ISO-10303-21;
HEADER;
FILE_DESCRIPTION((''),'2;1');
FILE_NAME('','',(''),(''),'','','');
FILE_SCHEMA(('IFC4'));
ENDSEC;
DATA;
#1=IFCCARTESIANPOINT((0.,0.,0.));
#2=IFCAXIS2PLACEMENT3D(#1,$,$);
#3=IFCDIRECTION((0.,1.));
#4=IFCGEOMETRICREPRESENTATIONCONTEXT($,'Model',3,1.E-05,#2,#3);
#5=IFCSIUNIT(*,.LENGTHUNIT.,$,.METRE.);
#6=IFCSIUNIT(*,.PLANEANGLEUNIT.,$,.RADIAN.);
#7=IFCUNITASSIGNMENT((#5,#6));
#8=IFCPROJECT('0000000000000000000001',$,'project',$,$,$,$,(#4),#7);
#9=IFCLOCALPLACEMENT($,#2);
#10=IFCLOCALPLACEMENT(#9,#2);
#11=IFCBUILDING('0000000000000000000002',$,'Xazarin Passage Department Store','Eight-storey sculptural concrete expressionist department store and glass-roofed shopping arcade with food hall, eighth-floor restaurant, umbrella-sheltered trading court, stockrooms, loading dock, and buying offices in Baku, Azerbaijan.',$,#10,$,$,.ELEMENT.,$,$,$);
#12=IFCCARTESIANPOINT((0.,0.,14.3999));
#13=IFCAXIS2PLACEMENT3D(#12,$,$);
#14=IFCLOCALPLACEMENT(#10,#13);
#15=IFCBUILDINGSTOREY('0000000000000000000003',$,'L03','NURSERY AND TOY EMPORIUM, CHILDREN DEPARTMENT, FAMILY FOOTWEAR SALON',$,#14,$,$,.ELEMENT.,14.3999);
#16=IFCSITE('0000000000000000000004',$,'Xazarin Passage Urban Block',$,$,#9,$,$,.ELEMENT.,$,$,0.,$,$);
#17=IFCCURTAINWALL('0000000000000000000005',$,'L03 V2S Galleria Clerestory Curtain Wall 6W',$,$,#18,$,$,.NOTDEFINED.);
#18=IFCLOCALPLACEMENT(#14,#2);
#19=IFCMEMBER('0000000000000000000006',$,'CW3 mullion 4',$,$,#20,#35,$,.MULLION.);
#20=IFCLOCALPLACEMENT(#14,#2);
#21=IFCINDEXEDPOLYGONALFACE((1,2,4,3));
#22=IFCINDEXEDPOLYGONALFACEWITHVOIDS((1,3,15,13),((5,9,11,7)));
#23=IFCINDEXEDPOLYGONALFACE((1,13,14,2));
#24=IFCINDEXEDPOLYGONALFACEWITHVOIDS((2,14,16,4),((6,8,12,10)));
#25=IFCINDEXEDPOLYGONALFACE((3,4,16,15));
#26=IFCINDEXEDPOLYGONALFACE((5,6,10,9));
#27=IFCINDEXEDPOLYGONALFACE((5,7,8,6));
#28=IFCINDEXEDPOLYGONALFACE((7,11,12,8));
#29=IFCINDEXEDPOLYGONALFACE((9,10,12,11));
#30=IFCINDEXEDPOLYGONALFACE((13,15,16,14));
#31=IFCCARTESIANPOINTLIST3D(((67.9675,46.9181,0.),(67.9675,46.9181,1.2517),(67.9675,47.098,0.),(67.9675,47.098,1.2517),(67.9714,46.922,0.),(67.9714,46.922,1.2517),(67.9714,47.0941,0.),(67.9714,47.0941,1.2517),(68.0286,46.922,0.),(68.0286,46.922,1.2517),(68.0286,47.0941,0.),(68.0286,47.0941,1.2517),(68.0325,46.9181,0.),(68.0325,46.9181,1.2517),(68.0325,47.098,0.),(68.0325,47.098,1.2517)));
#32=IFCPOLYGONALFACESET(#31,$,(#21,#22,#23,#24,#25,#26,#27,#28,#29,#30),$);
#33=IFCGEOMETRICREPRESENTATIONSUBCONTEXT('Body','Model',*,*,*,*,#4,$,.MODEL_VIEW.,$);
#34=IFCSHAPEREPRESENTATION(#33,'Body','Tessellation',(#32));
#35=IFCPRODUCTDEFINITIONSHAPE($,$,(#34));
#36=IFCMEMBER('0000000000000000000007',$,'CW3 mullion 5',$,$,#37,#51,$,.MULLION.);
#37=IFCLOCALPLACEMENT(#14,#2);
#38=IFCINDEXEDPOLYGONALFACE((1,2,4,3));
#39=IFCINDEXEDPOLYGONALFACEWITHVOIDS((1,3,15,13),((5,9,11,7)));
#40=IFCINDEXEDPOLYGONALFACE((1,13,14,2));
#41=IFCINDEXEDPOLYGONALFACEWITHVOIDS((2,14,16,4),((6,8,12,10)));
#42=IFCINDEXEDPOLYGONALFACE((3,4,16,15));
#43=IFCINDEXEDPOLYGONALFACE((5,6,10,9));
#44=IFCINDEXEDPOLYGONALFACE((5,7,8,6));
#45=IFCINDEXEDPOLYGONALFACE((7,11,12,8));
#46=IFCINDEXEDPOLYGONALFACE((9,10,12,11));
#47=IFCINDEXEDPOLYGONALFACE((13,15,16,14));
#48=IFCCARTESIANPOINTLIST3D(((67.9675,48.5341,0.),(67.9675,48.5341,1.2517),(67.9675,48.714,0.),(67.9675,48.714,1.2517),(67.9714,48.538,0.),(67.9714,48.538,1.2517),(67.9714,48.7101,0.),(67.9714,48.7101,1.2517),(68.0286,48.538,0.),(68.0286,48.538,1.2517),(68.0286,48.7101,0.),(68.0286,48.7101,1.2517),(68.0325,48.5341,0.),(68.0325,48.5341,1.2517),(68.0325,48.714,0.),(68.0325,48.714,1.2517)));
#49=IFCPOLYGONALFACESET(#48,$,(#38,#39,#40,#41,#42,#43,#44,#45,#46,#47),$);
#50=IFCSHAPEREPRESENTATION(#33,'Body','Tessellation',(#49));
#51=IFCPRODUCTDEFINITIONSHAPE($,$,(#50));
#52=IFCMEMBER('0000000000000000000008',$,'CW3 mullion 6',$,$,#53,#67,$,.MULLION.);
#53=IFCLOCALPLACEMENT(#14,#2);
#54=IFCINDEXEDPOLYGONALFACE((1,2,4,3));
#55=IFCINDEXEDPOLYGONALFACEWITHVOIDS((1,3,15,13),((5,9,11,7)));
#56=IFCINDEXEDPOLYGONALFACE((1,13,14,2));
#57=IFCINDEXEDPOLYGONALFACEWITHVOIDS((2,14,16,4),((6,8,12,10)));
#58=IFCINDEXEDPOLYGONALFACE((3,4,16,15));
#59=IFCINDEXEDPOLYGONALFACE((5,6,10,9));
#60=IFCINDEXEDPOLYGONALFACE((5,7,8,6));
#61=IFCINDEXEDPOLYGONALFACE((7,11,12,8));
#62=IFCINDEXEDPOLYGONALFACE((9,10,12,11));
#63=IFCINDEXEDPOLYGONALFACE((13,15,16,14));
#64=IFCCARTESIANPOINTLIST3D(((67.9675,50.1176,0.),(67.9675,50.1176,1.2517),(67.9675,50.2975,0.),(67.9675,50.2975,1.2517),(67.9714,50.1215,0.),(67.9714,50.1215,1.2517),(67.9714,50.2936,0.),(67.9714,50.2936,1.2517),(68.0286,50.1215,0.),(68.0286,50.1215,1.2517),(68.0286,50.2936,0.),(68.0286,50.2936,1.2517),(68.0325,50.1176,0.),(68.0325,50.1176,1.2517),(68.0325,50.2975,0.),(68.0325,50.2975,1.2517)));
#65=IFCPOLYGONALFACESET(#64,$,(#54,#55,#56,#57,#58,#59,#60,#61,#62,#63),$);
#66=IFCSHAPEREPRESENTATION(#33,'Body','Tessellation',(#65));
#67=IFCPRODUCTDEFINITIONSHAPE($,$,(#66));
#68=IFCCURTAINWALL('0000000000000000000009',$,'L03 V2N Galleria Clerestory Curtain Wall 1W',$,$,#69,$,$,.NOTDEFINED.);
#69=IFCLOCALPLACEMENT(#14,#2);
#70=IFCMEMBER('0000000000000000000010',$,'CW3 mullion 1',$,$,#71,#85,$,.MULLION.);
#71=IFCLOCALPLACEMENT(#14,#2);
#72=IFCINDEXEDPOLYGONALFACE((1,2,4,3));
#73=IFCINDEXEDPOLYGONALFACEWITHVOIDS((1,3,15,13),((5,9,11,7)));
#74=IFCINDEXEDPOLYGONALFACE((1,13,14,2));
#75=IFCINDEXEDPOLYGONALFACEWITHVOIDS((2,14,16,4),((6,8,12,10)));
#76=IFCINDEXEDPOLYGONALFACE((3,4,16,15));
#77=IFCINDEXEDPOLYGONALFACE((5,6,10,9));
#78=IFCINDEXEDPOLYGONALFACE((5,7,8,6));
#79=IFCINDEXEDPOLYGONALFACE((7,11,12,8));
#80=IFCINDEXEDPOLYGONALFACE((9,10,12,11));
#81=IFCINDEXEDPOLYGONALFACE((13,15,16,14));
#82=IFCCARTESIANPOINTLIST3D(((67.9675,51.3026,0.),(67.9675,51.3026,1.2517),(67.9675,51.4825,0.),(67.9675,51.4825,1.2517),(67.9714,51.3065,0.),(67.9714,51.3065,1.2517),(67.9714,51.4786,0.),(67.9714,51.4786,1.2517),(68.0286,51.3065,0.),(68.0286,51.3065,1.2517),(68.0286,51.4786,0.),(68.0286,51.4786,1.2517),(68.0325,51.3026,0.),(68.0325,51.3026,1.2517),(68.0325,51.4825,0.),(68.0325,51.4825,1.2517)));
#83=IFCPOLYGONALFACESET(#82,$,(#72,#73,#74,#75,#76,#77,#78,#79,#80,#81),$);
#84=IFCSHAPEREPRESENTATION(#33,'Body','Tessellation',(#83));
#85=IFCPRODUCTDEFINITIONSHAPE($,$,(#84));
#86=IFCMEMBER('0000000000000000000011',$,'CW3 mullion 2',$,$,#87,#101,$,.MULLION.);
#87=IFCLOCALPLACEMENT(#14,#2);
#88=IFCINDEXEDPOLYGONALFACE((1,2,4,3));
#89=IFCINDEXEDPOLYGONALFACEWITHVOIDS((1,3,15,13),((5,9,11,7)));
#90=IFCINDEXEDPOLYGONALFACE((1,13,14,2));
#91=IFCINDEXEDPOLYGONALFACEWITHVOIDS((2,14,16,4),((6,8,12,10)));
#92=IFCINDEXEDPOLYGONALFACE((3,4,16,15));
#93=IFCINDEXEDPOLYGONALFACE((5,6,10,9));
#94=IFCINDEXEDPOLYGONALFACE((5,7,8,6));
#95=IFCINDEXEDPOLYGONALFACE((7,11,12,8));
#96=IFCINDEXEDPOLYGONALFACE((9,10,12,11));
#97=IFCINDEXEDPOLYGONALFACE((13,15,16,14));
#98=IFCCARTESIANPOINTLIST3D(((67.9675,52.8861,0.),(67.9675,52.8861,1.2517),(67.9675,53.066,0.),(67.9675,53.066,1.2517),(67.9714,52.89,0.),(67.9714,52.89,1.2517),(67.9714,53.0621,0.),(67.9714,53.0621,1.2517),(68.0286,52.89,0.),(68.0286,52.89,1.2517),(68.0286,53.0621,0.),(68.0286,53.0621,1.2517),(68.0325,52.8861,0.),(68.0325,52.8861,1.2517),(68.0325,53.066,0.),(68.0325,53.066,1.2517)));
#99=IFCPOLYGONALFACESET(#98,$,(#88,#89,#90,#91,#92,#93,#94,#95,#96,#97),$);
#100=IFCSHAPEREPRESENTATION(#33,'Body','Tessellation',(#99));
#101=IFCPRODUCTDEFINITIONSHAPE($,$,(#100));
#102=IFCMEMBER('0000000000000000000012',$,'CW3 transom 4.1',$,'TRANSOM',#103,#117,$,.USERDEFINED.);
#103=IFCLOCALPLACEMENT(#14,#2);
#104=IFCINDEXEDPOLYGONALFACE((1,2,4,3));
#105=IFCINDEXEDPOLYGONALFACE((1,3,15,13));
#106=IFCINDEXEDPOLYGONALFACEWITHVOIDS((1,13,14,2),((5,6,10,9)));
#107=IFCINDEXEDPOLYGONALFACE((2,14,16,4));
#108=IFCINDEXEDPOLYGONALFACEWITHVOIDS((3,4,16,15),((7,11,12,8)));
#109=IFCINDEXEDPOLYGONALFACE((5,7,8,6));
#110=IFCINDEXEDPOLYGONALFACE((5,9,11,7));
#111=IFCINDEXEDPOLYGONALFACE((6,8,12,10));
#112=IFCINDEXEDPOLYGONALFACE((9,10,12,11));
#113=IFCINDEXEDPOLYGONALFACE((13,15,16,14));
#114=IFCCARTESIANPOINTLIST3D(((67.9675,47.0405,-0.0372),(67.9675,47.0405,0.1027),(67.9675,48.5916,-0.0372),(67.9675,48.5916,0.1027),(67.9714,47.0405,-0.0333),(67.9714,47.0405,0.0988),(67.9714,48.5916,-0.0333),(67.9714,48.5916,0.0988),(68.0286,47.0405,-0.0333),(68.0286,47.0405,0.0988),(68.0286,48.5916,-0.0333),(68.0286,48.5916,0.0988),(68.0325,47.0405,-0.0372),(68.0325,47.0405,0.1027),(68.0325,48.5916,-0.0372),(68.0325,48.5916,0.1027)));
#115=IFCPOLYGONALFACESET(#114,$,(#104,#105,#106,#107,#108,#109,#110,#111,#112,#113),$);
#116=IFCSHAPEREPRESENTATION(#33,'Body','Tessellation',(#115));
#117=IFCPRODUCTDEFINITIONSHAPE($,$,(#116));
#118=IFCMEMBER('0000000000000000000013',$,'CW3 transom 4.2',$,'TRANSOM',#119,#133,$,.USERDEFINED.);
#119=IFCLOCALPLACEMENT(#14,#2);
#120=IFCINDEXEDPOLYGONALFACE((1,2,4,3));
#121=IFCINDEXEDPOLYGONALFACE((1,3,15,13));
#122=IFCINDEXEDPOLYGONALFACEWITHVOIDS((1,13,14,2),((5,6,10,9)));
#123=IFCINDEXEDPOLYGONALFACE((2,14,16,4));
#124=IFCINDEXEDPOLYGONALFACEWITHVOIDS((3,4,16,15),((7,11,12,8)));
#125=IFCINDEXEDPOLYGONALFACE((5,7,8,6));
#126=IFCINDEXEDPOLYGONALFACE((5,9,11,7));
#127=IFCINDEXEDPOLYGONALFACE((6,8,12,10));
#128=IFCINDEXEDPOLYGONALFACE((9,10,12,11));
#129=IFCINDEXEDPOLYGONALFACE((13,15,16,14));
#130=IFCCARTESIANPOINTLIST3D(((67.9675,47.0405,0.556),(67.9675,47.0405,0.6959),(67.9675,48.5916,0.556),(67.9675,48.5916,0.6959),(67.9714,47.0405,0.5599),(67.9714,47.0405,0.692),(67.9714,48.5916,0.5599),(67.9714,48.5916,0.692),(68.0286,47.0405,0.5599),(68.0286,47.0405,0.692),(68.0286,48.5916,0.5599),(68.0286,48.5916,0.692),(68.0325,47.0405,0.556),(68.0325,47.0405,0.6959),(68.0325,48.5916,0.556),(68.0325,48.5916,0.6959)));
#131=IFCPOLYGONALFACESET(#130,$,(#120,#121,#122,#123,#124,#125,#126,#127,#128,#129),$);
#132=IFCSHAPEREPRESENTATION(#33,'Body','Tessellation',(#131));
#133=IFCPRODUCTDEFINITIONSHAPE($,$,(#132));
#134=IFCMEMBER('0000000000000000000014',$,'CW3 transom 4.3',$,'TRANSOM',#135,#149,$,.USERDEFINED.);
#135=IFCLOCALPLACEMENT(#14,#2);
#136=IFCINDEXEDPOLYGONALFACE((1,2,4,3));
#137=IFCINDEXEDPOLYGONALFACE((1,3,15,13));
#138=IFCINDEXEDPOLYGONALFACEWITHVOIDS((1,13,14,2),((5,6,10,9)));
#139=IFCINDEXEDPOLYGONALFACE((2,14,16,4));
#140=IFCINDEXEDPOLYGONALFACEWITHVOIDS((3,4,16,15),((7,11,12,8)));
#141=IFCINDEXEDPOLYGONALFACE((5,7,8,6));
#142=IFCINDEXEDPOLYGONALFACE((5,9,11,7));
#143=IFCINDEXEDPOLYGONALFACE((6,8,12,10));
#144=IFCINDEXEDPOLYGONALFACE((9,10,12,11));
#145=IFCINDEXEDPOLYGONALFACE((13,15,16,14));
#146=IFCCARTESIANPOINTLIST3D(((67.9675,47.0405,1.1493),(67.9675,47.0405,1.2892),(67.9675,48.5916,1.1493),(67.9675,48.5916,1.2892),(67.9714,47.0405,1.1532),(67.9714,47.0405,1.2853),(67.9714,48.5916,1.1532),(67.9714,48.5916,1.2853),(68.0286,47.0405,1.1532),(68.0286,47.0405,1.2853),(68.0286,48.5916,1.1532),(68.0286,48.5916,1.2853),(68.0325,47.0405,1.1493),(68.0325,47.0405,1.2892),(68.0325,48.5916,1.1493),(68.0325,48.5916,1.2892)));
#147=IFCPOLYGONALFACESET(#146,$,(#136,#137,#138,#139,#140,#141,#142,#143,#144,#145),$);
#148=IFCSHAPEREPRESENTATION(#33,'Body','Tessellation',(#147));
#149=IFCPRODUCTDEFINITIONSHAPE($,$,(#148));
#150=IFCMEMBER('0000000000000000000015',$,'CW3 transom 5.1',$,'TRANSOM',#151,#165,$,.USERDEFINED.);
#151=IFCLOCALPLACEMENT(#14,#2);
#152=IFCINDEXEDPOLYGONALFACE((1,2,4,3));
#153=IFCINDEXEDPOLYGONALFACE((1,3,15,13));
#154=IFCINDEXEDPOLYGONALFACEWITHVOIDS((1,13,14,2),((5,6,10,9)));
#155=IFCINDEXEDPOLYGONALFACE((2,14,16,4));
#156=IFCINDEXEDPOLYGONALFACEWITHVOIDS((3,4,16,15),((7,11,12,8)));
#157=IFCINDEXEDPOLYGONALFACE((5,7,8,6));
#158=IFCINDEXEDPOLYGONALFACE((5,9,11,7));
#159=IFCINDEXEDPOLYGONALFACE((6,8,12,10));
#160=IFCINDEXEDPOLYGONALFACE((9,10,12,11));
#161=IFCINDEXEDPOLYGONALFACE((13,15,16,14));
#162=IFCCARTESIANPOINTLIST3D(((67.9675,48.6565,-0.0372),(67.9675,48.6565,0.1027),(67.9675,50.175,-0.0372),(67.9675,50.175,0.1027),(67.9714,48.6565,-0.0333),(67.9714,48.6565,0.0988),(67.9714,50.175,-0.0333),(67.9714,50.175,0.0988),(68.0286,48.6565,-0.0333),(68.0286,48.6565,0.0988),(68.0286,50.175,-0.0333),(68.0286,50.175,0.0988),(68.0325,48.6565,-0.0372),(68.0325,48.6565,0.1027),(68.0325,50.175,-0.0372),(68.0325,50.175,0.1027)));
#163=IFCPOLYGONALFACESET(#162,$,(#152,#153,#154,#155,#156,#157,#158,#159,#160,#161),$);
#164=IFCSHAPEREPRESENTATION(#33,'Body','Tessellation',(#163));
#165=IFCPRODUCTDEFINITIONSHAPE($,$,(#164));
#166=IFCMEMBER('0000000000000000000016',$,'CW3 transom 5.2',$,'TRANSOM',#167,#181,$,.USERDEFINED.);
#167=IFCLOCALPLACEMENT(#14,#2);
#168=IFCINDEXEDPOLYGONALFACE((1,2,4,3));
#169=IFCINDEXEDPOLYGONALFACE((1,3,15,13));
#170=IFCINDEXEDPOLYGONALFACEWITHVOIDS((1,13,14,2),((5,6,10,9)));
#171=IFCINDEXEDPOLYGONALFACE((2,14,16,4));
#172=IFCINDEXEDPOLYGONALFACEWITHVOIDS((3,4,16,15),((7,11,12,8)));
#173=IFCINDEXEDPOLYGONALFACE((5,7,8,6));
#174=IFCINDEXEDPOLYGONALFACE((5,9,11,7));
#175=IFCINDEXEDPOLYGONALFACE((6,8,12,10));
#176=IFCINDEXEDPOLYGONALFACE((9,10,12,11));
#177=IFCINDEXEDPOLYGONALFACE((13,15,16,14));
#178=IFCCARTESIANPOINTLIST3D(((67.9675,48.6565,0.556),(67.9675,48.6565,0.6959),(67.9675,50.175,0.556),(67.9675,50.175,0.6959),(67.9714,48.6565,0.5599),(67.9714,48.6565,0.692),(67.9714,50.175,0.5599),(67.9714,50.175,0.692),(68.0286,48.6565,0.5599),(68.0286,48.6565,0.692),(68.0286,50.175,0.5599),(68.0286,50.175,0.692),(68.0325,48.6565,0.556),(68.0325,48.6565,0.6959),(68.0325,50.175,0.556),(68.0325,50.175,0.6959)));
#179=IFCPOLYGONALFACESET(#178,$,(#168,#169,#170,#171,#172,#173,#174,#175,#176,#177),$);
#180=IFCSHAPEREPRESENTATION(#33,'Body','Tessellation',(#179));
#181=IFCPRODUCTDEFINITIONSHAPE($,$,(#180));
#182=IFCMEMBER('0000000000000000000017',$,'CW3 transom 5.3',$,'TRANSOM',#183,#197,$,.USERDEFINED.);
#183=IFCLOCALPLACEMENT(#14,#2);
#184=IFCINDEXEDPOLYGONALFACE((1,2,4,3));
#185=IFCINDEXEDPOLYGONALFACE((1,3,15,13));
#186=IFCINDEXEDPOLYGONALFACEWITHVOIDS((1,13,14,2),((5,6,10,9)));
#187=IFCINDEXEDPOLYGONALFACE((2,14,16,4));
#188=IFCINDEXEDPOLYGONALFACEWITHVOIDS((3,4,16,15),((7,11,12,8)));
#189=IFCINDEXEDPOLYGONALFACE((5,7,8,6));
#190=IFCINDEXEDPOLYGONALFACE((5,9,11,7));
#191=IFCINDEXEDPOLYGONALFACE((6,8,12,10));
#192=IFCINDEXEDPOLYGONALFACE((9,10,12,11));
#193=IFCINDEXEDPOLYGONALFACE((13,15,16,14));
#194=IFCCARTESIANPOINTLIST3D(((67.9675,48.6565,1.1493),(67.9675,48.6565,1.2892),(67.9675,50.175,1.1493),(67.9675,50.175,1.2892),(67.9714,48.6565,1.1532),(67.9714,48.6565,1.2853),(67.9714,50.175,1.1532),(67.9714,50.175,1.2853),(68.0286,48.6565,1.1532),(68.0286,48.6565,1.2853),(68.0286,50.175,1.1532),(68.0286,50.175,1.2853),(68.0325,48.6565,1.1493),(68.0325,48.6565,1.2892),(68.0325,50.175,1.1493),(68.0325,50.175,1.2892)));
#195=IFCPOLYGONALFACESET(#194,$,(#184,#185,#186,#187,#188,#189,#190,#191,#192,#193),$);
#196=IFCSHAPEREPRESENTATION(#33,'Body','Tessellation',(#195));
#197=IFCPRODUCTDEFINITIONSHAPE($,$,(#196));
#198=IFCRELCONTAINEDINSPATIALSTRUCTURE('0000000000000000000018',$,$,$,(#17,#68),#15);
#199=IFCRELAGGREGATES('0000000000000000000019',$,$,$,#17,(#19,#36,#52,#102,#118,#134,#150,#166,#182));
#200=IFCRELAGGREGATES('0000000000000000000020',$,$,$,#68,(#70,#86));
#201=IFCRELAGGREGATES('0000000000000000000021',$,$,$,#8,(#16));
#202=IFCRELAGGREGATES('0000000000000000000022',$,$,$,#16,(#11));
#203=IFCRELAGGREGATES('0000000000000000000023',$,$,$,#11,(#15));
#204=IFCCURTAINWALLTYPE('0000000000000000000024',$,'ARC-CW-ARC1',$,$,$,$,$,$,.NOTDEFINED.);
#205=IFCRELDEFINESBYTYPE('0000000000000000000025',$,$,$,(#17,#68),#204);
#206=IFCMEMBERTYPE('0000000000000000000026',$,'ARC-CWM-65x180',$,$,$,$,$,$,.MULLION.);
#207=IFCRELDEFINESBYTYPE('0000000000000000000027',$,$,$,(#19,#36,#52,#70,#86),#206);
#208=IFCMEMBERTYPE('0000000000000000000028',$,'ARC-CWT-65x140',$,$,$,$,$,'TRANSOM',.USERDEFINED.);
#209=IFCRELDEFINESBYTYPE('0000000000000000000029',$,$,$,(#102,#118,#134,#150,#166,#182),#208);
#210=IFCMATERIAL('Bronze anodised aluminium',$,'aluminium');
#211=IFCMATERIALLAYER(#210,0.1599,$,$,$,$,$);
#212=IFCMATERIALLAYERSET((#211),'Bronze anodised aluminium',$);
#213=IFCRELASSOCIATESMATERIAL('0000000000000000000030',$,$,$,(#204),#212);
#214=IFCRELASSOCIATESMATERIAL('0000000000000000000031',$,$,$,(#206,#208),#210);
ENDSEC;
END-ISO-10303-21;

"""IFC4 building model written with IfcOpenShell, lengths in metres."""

from ifc_helpers import new_model, si_unit, direction, frame, origin, origin_2d, place, context, subcontext, project, spatial, hollow_rectangle, extrude, material, layer, layer_set, material_profile, profile_set, type_object, element, aggregate, save


model = new_model("IFC4")

# Units and contexts
model_context = context("Model", 3, precision=1e-05, world=origin(), true_north=direction((0.0, 1.0)))
body_context = subcontext(model_context, "Body", "Model", "MODEL_VIEW")
ifc_project = project(units=[si_unit("LENGTHUNIT", "METRE"), si_unit("PLANEANGLEUNIT", "RADIAN")], contexts=[model_context])

# Site, building, storey
site_placement = place(None, origin())
site = spatial("IfcSite", under=ifc_project, at=site_placement, Name="Xazarin Passage Urban Block", CompositionType="ELEMENT", RefElevation=0.0)
building_placement = place(site_placement, origin())
building = spatial("IfcBuilding", under=site, at=building_placement, Name="Xazarin Passage Department Store", Description="Eight-storey sculptural concrete expressionist department store and glass-roofed shopping arcade with food hall, eighth-floor restaurant, umbrella-sheltered trading court, stockrooms, loading dock, and buying offices in Baku, Azerbaijan.", CompositionType="ELEMENT")
storey_placement = place(building_placement, frame((0.0, 0.0, 14.3999)))
storey = spatial("IfcBuildingStorey", under=building, at=storey_placement, Name="L03", Description="NURSERY AND TOY EMPORIUM, CHILDREN DEPARTMENT, FAMILY FOOTWEAR SALON", CompositionType="ELEMENT", Elevation=14.3999)

# Curtain walls, members
ifc_material_1 = material(Name="Bronze anodised aluminium", Category="aluminium")
ifc_layer_1 = layer(ifc_material_1, 0.1599)
ifc_layer_set_1 = layer_set([ifc_layer_1], Name="Bronze anodised aluminium")
curtain_wall_type = type_object("IfcCurtainWallType", Name="ARC-CW-ARC1", PredefinedType="NOTDEFINED", material=ifc_layer_set_1)
curtain_wall_1_placement = place(storey_placement, origin())
curtain_wall_1 = element("IfcCurtainWall", 1, at=curtain_wall_1_placement, inside=storey, type_object=curtain_wall_type, Name="L03 V2S Galleria Clerestory Curtain Wall 6W", PredefinedType="NOTDEFINED")
ifc_material_profile_1 = material_profile(ifc_material_1, hollow_rectangle(XDim=0.0649, YDim=0.1799, WallThickness=0.0039, at=origin_2d()), Name="ALU 65x180")
ifc_profile_set_1 = profile_set([ifc_material_profile_1], Name="Bronze anodised aluminium")
member_type_1 = type_object("IfcMemberType", Name="ARC-CWM-65x180", PredefinedType="MULLION", material=ifc_profile_set_1)
member_1_placement = place(storey_placement, frame((68.0, 47.0081, 0.0), z_axis=(0.0, 0.0, 1.0), x_axis=(-1.0, 0.0, 0.0)))
member_1 = element("IfcMember", 2, at=member_1_placement, type_object=member_type_1, Name="CW3 mullion 4", PredefinedType="MULLION", context=body_context, shape_type="SweptSolid", body=[
    extrude(hollow_rectangle(XDim=0.0649, YDim=0.1799, WallThickness=0.0039, at=origin_2d()), origin(), (0.0, 0.0, 1.0), 1.2517),
])
member_2_placement = place(storey_placement, frame((68.0, 48.624, 0.0), z_axis=(0.0, 0.0, 1.0), x_axis=(-1.0, 0.0, 0.0)))
member_2 = element("IfcMember", 3, at=member_2_placement, type_object=member_type_1, Name="CW3 mullion 5", PredefinedType="MULLION", context=body_context, shape_type="SweptSolid", body=[
    extrude(hollow_rectangle(XDim=0.0649, YDim=0.1799, WallThickness=0.0039, at=origin_2d()), origin(), (0.0, 0.0, 1.0), 1.2517),
])
member_3_placement = place(storey_placement, frame((68.0, 50.2075, 0.0), z_axis=(0.0, 0.0, 1.0), x_axis=(-1.0, 0.0, 0.0)))
member_3 = element("IfcMember", 4, at=member_3_placement, type_object=member_type_1, Name="CW3 mullion 6", PredefinedType="MULLION", context=body_context, shape_type="SweptSolid", body=[
    extrude(hollow_rectangle(XDim=0.0649, YDim=0.1799, WallThickness=0.0039, at=origin_2d()), origin(), (0.0, 0.0, 1.0), 1.2517),
])
curtain_wall_2_placement = place(storey_placement, origin())
curtain_wall_2 = element("IfcCurtainWall", 5, at=curtain_wall_2_placement, inside=storey, type_object=curtain_wall_type, Name="L03 V2N Galleria Clerestory Curtain Wall 1W", PredefinedType="NOTDEFINED")
member_4_placement = place(storey_placement, frame((68.0, 51.3926, 0.0), z_axis=(0.0, 0.0, 1.0), x_axis=(-1.0, 0.0, 0.0)))
member_4 = element("IfcMember", 6, at=member_4_placement, type_object=member_type_1, Name="CW3 mullion 1", PredefinedType="MULLION", context=body_context, shape_type="SweptSolid", body=[
    extrude(hollow_rectangle(XDim=0.0649, YDim=0.1799, WallThickness=0.0039, at=origin_2d()), origin(), (0.0, 0.0, 1.0), 1.2517),
])
member_5_placement = place(storey_placement, frame((68.0, 52.9761, 0.0), z_axis=(0.0, 0.0, 1.0), x_axis=(-1.0, 0.0, 0.0)))
member_5 = element("IfcMember", 7, at=member_5_placement, type_object=member_type_1, Name="CW3 mullion 2", PredefinedType="MULLION", context=body_context, shape_type="SweptSolid", body=[
    extrude(hollow_rectangle(XDim=0.0649, YDim=0.1799, WallThickness=0.0039, at=origin_2d()), origin(), (0.0, 0.0, 1.0), 1.2517),
])

# Members
ifc_material_profile_2 = material_profile(ifc_material_1, hollow_rectangle(XDim=0.0649, YDim=0.1399, WallThickness=0.0039, at=origin_2d()), Name="ALU 65x140")
ifc_profile_set_2 = profile_set([ifc_material_profile_2], Name="Bronze anodised aluminium")
member_type_2 = type_object("IfcMemberType", Name="ARC-CWT-65x140", ElementType="TRANSOM", PredefinedType="USERDEFINED", material=ifc_profile_set_2)
member_6_placement = place(storey_placement, frame((68.0, 47.0405, 0.0327), z_axis=(0.0, 1.0, 0.0), x_axis=(-1.0, 0.0, 0.0)))
member_6 = element("IfcMember", 8, at=member_6_placement, type_object=member_type_2, Name="CW3 transom 4.1", ObjectType="TRANSOM", PredefinedType="USERDEFINED", context=body_context, shape_type="SweptSolid", body=[
    extrude(hollow_rectangle(XDim=0.0649, YDim=0.1399, WallThickness=0.0039, at=origin_2d()), origin(), (0.0, 0.0, 1.0), 1.551),
])
member_7_placement = place(storey_placement, frame((68.0, 47.0405, 0.626), z_axis=(0.0, 1.0, 0.0), x_axis=(-1.0, 0.0, 0.0)))
member_7 = element("IfcMember", 9, at=member_7_placement, type_object=member_type_2, Name="CW3 transom 4.2", ObjectType="TRANSOM", PredefinedType="USERDEFINED", context=body_context, shape_type="SweptSolid", body=[
    extrude(hollow_rectangle(XDim=0.0649, YDim=0.1399, WallThickness=0.0039, at=origin_2d()), origin(), (0.0, 0.0, 1.0), 1.551),
])
member_8_placement = place(storey_placement, frame((68.0, 47.0405, 1.2192), z_axis=(0.0, 1.0, 0.0), x_axis=(-1.0, 0.0, 0.0)))
member_8 = element("IfcMember", 10, at=member_8_placement, type_object=member_type_2, Name="CW3 transom 4.3", ObjectType="TRANSOM", PredefinedType="USERDEFINED", context=body_context, shape_type="SweptSolid", body=[
    extrude(hollow_rectangle(XDim=0.0649, YDim=0.1399, WallThickness=0.0039, at=origin_2d()), origin(), (0.0, 0.0, 1.0), 1.551),
])
member_9_placement = place(storey_placement, frame((68.0, 48.6565, 0.0327), z_axis=(0.0, 1.0, 0.0), x_axis=(-1.0, 0.0, 0.0)))
member_9 = element("IfcMember", 11, at=member_9_placement, type_object=member_type_2, Name="CW3 transom 5.1", ObjectType="TRANSOM", PredefinedType="USERDEFINED", context=body_context, shape_type="SweptSolid", body=[
    extrude(hollow_rectangle(XDim=0.0649, YDim=0.1399, WallThickness=0.0039, at=origin_2d()), origin(), (0.0, 0.0, 1.0), 1.5186),
])
member_10_placement = place(storey_placement, frame((68.0, 48.6565, 0.626), z_axis=(0.0, 1.0, 0.0), x_axis=(-1.0, 0.0, 0.0)))
member_10 = element("IfcMember", 12, at=member_10_placement, type_object=member_type_2, Name="CW3 transom 5.2", ObjectType="TRANSOM", PredefinedType="USERDEFINED", context=body_context, shape_type="SweptSolid", body=[
    extrude(hollow_rectangle(XDim=0.0649, YDim=0.1399, WallThickness=0.0039, at=origin_2d()), origin(), (0.0, 0.0, 1.0), 1.5186),
])
member_11_placement = place(storey_placement, frame((68.0, 48.6565, 1.2192), z_axis=(0.0, 1.0, 0.0), x_axis=(-1.0, 0.0, 0.0)))
member_11 = element("IfcMember", 13, at=member_11_placement, type_object=member_type_2, Name="CW3 transom 5.3", ObjectType="TRANSOM", PredefinedType="USERDEFINED", context=body_context, shape_type="SweptSolid", body=[
    extrude(hollow_rectangle(XDim=0.0649, YDim=0.1399, WallThickness=0.0039, at=origin_2d()), origin(), (0.0, 0.0, 1.0), 1.5186),
])

aggregate(curtain_wall_1, [member_1, member_2, member_3, member_6, member_7, member_8, member_9, member_10, member_11])
aggregate(curtain_wall_2, [member_4, member_5])

save(model, "model.ifc")
